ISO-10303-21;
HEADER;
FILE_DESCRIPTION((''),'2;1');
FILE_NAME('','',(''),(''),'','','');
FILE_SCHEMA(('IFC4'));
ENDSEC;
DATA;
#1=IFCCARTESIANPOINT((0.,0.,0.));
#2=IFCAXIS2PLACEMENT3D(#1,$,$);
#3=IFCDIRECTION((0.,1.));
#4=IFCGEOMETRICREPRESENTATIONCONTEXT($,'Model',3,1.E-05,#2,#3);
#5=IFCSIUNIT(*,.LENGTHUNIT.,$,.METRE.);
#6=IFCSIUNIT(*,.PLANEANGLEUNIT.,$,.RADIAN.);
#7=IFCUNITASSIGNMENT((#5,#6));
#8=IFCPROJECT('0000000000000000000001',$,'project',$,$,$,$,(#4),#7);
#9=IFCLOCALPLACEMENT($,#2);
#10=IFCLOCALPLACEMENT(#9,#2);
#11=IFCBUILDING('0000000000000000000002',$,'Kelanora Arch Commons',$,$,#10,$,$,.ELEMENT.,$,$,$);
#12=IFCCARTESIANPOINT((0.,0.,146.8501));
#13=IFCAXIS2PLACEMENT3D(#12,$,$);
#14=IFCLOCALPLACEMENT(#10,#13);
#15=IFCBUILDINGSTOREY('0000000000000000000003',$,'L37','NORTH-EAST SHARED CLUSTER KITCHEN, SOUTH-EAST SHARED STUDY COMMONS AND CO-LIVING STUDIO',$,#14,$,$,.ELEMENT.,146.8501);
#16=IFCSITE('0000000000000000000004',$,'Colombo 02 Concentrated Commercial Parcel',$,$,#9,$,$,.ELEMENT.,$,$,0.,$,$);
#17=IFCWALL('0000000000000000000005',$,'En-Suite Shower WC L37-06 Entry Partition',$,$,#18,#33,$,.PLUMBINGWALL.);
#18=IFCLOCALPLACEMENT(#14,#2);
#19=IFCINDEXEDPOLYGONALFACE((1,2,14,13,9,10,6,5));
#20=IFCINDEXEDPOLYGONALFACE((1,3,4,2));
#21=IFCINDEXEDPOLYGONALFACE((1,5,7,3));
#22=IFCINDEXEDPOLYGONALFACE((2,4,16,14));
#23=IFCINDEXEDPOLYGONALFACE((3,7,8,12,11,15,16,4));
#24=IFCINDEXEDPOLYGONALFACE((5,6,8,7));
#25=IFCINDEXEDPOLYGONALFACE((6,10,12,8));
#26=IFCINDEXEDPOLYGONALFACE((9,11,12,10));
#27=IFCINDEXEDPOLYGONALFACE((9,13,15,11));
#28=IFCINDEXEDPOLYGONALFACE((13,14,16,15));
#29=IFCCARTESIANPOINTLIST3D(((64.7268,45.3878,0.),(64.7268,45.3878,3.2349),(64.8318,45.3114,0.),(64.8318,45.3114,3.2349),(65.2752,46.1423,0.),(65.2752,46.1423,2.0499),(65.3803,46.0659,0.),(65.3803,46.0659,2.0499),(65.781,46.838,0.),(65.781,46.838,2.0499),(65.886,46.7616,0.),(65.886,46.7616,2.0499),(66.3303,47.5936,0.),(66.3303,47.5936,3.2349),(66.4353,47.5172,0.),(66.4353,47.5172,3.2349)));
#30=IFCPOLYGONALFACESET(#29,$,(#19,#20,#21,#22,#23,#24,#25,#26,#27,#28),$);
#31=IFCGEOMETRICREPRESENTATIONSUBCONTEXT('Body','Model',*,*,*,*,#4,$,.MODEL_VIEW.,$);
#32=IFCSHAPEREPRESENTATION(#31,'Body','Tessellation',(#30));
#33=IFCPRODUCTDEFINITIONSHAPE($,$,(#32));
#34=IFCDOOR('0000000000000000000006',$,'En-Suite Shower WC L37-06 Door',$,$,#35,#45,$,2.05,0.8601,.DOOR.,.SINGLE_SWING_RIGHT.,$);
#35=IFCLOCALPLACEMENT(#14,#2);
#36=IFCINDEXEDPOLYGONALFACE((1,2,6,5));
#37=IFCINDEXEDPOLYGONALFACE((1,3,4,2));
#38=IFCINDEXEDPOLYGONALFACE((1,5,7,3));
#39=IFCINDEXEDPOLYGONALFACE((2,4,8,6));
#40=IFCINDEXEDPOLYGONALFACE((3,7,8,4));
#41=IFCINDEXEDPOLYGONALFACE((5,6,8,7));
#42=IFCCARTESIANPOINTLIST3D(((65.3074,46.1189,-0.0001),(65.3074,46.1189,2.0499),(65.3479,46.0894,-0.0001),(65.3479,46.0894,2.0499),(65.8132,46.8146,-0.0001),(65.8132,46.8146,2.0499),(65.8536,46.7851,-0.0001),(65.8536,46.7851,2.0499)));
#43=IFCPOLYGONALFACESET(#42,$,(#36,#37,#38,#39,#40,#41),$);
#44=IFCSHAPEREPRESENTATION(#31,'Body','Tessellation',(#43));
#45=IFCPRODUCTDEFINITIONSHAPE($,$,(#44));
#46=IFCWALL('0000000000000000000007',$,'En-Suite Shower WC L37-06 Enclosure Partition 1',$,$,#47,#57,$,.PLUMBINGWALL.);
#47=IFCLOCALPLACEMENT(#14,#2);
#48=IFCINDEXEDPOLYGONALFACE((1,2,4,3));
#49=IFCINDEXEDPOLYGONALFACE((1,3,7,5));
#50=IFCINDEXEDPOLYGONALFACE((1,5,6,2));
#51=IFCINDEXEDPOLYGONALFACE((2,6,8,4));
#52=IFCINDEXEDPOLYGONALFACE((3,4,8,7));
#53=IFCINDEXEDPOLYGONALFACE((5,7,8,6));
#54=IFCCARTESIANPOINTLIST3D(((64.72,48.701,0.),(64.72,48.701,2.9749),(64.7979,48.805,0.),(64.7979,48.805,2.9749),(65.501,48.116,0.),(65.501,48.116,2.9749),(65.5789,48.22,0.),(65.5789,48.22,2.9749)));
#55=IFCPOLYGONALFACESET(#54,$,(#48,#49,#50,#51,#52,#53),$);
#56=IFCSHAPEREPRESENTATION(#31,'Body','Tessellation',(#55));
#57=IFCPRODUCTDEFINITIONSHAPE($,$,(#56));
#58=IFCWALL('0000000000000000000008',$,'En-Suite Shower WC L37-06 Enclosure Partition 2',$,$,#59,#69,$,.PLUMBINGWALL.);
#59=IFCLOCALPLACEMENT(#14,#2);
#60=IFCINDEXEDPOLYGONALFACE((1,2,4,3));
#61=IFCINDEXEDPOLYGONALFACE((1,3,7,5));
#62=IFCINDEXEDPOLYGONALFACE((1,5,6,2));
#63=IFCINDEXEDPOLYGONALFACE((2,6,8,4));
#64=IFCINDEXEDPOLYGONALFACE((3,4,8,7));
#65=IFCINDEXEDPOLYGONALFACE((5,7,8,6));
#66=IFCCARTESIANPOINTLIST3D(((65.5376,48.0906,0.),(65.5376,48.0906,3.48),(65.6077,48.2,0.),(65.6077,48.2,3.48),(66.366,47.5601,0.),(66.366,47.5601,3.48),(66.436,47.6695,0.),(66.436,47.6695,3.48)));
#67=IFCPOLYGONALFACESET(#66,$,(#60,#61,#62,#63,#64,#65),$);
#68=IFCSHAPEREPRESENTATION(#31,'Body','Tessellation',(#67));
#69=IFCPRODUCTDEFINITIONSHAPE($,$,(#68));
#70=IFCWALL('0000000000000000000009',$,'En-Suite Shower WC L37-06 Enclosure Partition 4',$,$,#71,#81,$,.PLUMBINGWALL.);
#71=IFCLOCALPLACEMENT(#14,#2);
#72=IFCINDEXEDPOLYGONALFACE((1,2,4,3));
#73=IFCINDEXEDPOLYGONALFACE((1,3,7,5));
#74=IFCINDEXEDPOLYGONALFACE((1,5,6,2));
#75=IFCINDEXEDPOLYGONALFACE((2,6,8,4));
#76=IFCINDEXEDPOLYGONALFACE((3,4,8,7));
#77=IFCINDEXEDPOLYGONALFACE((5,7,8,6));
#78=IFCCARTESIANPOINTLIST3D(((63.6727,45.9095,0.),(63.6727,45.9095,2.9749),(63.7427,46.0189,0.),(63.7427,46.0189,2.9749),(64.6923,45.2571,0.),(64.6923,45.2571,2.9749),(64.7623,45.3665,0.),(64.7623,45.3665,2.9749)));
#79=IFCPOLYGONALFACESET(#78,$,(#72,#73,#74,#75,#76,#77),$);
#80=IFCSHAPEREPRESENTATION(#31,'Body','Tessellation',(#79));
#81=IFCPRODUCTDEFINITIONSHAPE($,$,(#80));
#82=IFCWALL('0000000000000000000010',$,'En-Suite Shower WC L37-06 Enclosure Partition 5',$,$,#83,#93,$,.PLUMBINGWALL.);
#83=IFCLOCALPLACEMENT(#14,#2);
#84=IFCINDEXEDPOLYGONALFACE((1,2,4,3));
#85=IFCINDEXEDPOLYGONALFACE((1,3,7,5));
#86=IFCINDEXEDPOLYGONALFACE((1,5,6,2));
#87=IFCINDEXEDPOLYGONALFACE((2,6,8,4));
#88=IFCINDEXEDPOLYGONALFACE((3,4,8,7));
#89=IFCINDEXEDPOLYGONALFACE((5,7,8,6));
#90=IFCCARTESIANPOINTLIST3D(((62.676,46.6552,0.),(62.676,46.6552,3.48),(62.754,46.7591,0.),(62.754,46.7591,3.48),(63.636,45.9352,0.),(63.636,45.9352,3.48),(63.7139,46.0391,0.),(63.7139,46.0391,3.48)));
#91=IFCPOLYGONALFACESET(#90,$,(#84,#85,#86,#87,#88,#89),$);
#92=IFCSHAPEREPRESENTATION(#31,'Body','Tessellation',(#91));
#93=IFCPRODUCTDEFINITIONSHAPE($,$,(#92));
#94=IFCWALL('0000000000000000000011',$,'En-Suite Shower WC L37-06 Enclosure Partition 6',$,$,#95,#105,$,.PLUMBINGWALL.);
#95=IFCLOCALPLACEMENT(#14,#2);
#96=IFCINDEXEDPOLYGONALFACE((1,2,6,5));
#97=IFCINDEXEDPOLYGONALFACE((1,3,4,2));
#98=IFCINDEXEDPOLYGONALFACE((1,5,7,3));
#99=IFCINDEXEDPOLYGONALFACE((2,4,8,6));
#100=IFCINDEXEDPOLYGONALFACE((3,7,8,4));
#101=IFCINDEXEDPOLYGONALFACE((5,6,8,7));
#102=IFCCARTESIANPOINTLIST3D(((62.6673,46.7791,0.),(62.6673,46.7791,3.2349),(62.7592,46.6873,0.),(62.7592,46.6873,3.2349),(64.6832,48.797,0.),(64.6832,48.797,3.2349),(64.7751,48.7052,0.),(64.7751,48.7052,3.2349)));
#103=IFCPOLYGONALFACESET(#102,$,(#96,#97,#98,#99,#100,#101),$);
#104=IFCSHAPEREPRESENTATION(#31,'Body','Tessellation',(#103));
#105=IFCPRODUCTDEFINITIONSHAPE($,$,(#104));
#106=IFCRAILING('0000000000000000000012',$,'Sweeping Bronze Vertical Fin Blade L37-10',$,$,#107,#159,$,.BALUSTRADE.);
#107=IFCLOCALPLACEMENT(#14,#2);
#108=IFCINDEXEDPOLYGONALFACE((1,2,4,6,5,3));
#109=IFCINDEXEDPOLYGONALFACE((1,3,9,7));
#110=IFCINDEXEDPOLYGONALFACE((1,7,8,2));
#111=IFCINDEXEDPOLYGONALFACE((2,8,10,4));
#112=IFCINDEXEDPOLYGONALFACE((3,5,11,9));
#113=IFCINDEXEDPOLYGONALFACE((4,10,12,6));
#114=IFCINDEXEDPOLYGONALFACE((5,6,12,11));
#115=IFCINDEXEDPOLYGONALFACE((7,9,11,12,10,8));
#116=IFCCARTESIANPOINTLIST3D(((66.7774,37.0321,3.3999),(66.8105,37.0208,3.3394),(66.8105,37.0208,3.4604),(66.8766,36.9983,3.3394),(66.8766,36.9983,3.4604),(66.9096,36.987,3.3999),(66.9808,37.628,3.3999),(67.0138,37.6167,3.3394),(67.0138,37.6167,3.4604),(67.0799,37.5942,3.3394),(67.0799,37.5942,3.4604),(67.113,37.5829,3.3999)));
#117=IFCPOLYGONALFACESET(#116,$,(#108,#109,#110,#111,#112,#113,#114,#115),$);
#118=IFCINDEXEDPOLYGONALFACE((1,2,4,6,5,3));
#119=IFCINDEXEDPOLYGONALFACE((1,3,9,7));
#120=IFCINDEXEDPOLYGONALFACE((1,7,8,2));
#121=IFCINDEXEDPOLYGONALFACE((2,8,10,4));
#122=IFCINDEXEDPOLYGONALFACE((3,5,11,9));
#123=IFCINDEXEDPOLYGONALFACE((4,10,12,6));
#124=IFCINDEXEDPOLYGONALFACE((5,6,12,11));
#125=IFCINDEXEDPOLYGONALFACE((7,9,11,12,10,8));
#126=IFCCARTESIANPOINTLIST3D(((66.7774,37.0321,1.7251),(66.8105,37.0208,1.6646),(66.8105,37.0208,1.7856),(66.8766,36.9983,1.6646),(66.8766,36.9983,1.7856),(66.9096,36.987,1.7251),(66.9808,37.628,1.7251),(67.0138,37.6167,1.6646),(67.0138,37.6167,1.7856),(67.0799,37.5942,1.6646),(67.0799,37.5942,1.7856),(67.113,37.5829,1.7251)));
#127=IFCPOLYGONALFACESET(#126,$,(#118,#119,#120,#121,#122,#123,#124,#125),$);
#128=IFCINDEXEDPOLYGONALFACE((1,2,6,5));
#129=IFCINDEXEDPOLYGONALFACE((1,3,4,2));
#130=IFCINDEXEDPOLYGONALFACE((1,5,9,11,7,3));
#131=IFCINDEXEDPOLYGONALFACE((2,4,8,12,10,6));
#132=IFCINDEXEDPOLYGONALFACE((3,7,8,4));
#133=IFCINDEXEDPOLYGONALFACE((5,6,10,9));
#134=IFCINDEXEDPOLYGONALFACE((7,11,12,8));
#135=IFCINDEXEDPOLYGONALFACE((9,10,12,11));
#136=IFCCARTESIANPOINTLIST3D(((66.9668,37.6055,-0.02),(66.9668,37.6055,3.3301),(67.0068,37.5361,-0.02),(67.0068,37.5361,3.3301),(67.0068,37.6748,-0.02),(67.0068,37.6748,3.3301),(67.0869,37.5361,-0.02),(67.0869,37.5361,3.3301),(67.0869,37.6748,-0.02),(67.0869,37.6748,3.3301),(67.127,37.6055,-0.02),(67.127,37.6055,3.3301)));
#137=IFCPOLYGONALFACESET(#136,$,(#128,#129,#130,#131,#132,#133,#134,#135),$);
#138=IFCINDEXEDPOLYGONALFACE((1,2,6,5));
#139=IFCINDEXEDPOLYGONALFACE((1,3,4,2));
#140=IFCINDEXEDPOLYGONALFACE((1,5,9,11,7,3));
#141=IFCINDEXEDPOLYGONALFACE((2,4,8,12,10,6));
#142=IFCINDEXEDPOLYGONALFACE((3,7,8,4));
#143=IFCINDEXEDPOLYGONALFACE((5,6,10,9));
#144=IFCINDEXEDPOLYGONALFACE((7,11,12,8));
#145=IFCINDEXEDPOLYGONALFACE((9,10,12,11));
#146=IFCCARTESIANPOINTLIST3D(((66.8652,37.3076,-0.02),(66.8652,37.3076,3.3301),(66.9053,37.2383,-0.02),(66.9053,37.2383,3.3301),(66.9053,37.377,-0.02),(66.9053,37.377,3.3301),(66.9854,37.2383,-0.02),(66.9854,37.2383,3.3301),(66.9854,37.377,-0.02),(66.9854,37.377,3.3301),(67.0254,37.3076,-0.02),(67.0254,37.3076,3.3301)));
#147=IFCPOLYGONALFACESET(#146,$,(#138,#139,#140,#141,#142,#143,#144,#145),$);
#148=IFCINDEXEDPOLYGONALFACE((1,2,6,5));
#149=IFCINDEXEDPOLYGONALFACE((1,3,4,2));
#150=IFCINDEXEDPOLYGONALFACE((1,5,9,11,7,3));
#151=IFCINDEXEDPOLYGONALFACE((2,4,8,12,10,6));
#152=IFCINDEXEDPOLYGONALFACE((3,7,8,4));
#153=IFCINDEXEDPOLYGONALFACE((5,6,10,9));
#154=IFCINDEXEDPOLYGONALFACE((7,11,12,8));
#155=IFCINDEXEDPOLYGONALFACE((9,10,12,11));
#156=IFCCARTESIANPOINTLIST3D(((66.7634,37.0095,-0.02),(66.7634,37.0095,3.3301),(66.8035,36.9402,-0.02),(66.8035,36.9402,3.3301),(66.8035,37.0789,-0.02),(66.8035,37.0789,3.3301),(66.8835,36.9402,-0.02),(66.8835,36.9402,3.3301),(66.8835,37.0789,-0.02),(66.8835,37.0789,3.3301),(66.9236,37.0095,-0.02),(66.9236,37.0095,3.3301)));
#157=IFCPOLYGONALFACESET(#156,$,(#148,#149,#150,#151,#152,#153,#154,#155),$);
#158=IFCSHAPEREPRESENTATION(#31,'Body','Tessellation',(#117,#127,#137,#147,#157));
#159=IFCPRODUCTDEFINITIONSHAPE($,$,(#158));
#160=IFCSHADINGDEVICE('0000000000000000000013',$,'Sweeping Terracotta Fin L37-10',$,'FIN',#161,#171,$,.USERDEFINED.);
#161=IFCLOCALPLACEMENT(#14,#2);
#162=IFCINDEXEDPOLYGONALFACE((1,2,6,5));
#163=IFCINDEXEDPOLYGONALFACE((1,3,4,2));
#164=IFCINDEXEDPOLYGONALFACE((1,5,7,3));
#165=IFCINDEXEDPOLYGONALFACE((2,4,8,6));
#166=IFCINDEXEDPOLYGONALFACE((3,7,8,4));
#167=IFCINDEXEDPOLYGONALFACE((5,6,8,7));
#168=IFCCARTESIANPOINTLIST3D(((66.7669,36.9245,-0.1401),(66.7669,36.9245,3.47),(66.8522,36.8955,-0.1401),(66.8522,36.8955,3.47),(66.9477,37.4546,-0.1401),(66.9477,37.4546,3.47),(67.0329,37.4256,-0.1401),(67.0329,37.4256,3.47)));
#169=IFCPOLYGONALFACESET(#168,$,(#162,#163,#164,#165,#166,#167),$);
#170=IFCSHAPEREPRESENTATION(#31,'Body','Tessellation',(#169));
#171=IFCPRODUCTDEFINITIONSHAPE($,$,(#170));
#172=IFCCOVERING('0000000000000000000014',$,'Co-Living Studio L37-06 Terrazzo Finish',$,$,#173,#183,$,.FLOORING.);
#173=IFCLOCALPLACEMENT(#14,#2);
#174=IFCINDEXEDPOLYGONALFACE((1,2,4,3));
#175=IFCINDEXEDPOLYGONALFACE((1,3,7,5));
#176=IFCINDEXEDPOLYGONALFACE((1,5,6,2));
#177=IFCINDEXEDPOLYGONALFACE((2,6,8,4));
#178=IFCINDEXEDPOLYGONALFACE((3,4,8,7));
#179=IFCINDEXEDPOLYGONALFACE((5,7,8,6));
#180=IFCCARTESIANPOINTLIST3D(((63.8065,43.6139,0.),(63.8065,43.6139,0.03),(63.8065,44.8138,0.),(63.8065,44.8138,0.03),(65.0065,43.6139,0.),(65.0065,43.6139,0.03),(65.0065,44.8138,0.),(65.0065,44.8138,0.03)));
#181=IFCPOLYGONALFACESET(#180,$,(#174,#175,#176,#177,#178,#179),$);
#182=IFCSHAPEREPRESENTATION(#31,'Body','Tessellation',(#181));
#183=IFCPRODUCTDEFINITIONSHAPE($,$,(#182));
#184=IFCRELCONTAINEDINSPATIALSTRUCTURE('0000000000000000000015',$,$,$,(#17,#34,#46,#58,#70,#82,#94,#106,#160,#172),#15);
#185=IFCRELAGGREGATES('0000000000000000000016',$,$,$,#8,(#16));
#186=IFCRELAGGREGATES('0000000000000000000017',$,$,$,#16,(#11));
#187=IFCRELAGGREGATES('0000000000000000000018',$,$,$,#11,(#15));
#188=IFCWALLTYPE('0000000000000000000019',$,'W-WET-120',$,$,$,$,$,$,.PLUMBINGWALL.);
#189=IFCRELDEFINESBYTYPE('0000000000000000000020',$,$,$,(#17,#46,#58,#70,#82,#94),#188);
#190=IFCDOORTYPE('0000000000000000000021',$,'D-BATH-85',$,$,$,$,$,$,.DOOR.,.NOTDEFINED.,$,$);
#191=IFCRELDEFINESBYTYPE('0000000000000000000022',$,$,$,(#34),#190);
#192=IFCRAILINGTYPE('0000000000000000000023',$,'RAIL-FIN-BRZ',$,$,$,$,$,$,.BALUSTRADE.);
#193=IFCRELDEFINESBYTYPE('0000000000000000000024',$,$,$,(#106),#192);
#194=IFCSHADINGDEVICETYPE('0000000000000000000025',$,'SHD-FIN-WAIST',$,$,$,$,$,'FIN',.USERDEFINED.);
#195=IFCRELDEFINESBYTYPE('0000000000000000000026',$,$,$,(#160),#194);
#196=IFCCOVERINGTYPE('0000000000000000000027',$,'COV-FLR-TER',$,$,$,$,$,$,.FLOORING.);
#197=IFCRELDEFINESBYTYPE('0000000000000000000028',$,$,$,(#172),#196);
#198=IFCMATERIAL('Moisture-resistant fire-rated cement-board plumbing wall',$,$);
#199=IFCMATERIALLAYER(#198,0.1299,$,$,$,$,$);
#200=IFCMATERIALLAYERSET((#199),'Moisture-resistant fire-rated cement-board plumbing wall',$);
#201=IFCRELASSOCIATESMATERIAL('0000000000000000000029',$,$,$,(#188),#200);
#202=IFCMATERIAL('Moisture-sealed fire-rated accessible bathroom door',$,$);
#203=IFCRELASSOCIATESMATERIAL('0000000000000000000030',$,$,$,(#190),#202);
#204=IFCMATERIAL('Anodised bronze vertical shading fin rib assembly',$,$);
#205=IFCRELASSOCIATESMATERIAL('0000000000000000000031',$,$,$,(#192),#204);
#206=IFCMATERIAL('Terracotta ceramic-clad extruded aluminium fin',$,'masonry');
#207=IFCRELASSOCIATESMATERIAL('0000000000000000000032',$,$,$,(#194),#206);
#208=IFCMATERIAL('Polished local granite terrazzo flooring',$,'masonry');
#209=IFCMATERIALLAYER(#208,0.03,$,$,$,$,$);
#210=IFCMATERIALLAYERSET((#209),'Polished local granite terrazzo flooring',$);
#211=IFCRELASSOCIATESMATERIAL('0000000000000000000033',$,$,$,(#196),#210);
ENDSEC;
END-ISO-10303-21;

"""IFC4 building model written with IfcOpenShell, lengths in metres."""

from ifc_helpers import new_model, si_unit, direction, frame, frame_2d, origin, origin_2d, place, context, subcontext, project, spatial, polyline, rectangle, outline, extrude, source, transform, mapped, material, layer, layer_set, type_object, element, fill, save


model = new_model("IFC4")

# Units and contexts
model_context = context("Model", 3, precision=1e-05, world=origin(), true_north=direction((0.0, 1.0)))
body_context = subcontext(model_context, "Body", "Model", "MODEL_VIEW")
ifc_project = project(units=[si_unit("LENGTHUNIT", "METRE"), si_unit("PLANEANGLEUNIT", "RADIAN")], contexts=[model_context])

# Site, building, storey
site_placement = place(None, origin())
site = spatial("IfcSite", under=ifc_project, at=site_placement, Name="Colombo 02 Concentrated Commercial Parcel", CompositionType="ELEMENT", RefElevation=0.0)
building_placement = place(site_placement, origin())
building = spatial("IfcBuilding", under=site, at=building_placement, Name="Kelanora Arch Commons", CompositionType="ELEMENT")
storey_placement = place(building_placement, frame((0.0, 0.0, 146.8501)))
storey = spatial("IfcBuildingStorey", under=building, at=storey_placement, Name="L37", Description="NORTH-EAST SHARED CLUSTER KITCHEN, SOUTH-EAST SHARED STUDY COMMONS AND CO-LIVING STUDIO", CompositionType="ELEMENT", Elevation=146.8501)

# Wall, opening, door
ifc_material_1 = material(Name="Moisture-resistant fire-rated cement-board plumbing wall")
ifc_layer_1 = layer(ifc_material_1, 0.1299)
ifc_layer_set_1 = layer_set([ifc_layer_1], Name="Moisture-resistant fire-rated cement-board plumbing wall")
wall_type_1 = type_object("IfcWallType", Name="W-WET-120", PredefinedType="PLUMBINGWALL", material=ifc_layer_set_1)
wall_1_placement = place(storey_placement, frame((66.3828, 47.5554, 0.0), z_axis=(0.0, 0.0, 1.0), x_axis=(-0.588001, -0.80886, 0.0)))
wall_1 = element("IfcWall", 1, at=wall_1_placement, inside=storey, type_object=wall_type_1, Name="En-Suite Shower WC L37-06 Entry Partition", PredefinedType="PLUMBINGWALL", context=body_context, shape_type="SweptSolid", body=[
    extrude(rectangle(XDim=2.7271, YDim=0.1299, at=frame_2d((1.3635, 0.0))), origin(), (0.0, 0.0, 1.0), 3.2349),
])
opening_1_placement = place(wall_1_placement, frame((0.9341, 0.0, 0.0)))
opening_1 = element("IfcOpeningElement", 2, at=opening_1_placement, cuts=wall_1, PredefinedType="OPENING", context=body_context, shape_type="SweptSolid", body=[
    extrude(rectangle(XDim=0.8601, YDim=2.05, at=frame_2d((0.4302, 1.0249))), frame((0.0, 0.075, 0.0), z_axis=(0.0, -1.0, 0.0), x_axis=(1.0, 0.0, 0.0)), (0.0, 0.0, 1.0), 0.1499),
])
ifc_material_2 = material(Name="Moisture-sealed fire-rated accessible bathroom door")
door_type_1 = type_object("IfcDoorType", Name="D-BATH-85", OperationType="NOTDEFINED", PredefinedType="DOOR", material=ifc_material_2)
door_1_placement = place(opening_1_placement, origin())
door_1 = element("IfcDoor", 3, at=door_1_placement, inside=storey, type_object=door_type_1, Name="En-Suite Shower WC L37-06 Door", OperationType="SINGLE_SWING_RIGHT", OverallHeight=2.05, OverallWidth=0.8601, PredefinedType="DOOR", context=body_context, shape_type="SweptSolid", body=[
    extrude(rectangle(XDim=0.8601, YDim=2.05, at=frame_2d((0.4302, 1.0249))), frame((0.0, 0.0249, 0.0), z_axis=(0.0, -1.0, 0.0), x_axis=(1.0, 0.0, 0.0)), (0.0, 0.0, 1.0), 0.05),
])
fill(opening_1, door_1)

# Walls
wall_2_placement = place(storey_placement, frame((64.759, 48.7529, 0.0), z_axis=(0.0, 0.0, 1.0), x_axis=(0.80039, -0.599479, 0.0)))
element("IfcWall", 4, at=wall_2_placement, inside=storey, type_object=wall_type_1, Name="En-Suite Shower WC L37-06 Enclosure Partition 1", PredefinedType="PLUMBINGWALL", context=body_context, shape_type="SweptSolid", body=[
    extrude(rectangle(XDim=0.9758, YDim=0.1299, at=frame_2d((0.4878, 0.0))), origin(), (0.0, 0.0, 1.0), 2.9749),
])
wall_3_placement = place(storey_placement, frame((65.5728, 48.1453, 0.0), z_axis=(0.0, 0.0, 1.0), x_axis=(0.842105, -0.539314, 0.0)))
element("IfcWall", 5, at=wall_3_placement, inside=storey, type_object=wall_type_1, Name="En-Suite Shower WC L37-06 Enclosure Partition 2", PredefinedType="PLUMBINGWALL", context=body_context, shape_type="SweptSolid", body=[
    extrude(rectangle(XDim=0.9836, YDim=0.1299, at=frame_2d((0.4917, 0.0))), origin(), (0.0, 0.0, 1.0), 3.48),
])
wall_4_placement = place(storey_placement, frame((64.7273, 45.3118, 0.0), z_axis=(0.0, 0.0, 1.0), x_axis=(-0.84233, 0.538962, 0.0)))
element("IfcWall", 6, at=wall_4_placement, inside=storey, type_object=wall_type_1, Name="En-Suite Shower WC L37-06 Enclosure Partition 4", PredefinedType="PLUMBINGWALL", context=body_context, shape_type="SweptSolid", body=[
    extrude(rectangle(XDim=1.2104, YDim=0.1299, at=frame_2d((0.6052, 0.0))), origin(), (0.0, 0.0, 1.0), 2.9749),
])
wall_5_placement = place(storey_placement, frame((63.675, 45.9871, 0.0), z_axis=(0.0, 0.0, 1.0), x_axis=(-0.8, 0.6, 0.0)))
element("IfcWall", 7, at=wall_5_placement, inside=storey, type_object=wall_type_1, Name="En-Suite Shower WC L37-06 Enclosure Partition 5", PredefinedType="PLUMBINGWALL", context=body_context, shape_type="SweptSolid", body=[
    extrude(rectangle(XDim=1.2, YDim=0.1299, at=frame_2d((0.6001, 0.0))), origin(), (0.0, 0.0, 1.0), 3.48),
])
wall_6_placement = place(storey_placement, frame((62.7131, 46.7332, 0.0), z_axis=(0.0, 0.0, 1.0), x_axis=(0.706764, 0.707449, 0.0)))
element("IfcWall", 8, at=wall_6_placement, inside=storey, type_object=wall_type_1, Name="En-Suite Shower WC L37-06 Enclosure Partition 6", PredefinedType="PLUMBINGWALL", context=body_context, shape_type="SweptSolid", body=[
    extrude(rectangle(XDim=2.8523, YDim=0.1299, at=frame_2d((1.4263, 0.0))), origin(), (0.0, 0.0, 1.0), 3.2349),
])

# Railing
ifc_material_3 = material(Name="Anodised bronze vertical shading fin rib assembly")
railing_type = type_object("IfcRailingType", Name="RAIL-FIN-BRZ", PredefinedType="BALUSTRADE", material=ifc_material_3)
railing_placement = place(storey_placement, frame((67.0469, 37.6055, -0.02)))
element("IfcRailing", 9, at=railing_placement, inside=storey, type_object=railing_type, Name="Sweeping Bronze Vertical Fin Blade L37-10", PredefinedType="BALUSTRADE", context=body_context, shape_type="SweptSolid", body=[
    extrude(outline(polyline([(0.0698, 0.0), (0.0349, 0.0605), (-0.0349, 0.0605), (-0.0698, 0.0), (-0.0349, -0.0605), (0.0349, -0.0605), (0.0698, 0.0)])), frame((0.0, 0.0, 3.4199), z_axis=(-0.322966, -0.946411, 0.0), x_axis=(0.946411, -0.322966, 0.0)), (0.0, 0.0, 1.0), 0.6296),
    extrude(outline(polyline([(0.0698, 0.0), (0.0349, 0.0605), (-0.0349, 0.0605), (-0.0698, 0.0), (-0.0349, -0.0605), (0.0349, -0.0605), (0.0698, 0.0)])), frame((0.0, 0.0, 1.7451), z_axis=(-0.322966, -0.946411, 0.0), x_axis=(0.946411, -0.322966, 0.0)), (0.0, 0.0, 1.0), 0.6296),
    extrude(outline(polyline([(0.0801, 0.0), (0.04, 0.0693), (-0.04, 0.0693), (-0.0801, 0.0), (-0.04, -0.0693), (0.04, -0.0693), (0.0801, 0.0)])), origin(), (0.0, 0.0, 1.0), 3.3501),
    extrude(outline(polyline([(0.0801, 0.0), (0.04, 0.0693), (-0.04, 0.0693), (-0.0801, 0.0), (-0.04, -0.0693), (0.04, -0.0693), (0.0801, 0.0)])), frame((-0.1016, -0.2979, 0.0)), (0.0, 0.0, 1.0), 3.3501),
    extrude(outline(polyline([(0.0801, 0.0), (0.04, 0.0693), (-0.04, 0.0693), (-0.0801, 0.0), (-0.04, -0.0693), (0.04, -0.0693), (0.0801, 0.0)])), frame((-0.2034, -0.5959, 0.0)), (0.0, 0.0, 1.0), 3.3501),
])

# Shading device
ifc_material_4 = material(Name="Terracotta ceramic-clad extruded aluminium fin", Category="masonry")
shading_device_type = type_object("IfcShadingDeviceType", Name="SHD-FIN-WAIST", ElementType="FIN", PredefinedType="USERDEFINED", material=ifc_material_4)
shared_shape_1 = source(origin(), body_context, "Body", "SweptSolid", [
    extrude(rectangle(XDim=0.5601, YDim=0.0901, at=origin_2d()), origin(), (0.0, 0.0, 1.0), 3.6101),
])
shading_device_placement = place(storey_placement, frame((66.8999, 37.175, -0.1401), z_axis=(0.0, 0.0, 1.0), x_axis=(-0.322761, -0.94648, 0.0)))
element("IfcShadingDevice", 10, at=shading_device_placement, inside=storey, type_object=shading_device_type, Name="Sweeping Terracotta Fin L37-10", ObjectType="FIN", PredefinedType="USERDEFINED", context=body_context, shape_type="MappedRepresentation", body=[
    mapped(shared_shape_1, transform((0.0, 0.0, 0.0), scale=1.0)),
])

# Covering
ifc_material_5 = material(Name="Polished local granite terrazzo flooring", Category="masonry")
ifc_layer_2 = layer(ifc_material_5, 0.03)
ifc_layer_set_2 = layer_set([ifc_layer_2], Name="Polished local granite terrazzo flooring")
covering_type = type_object("IfcCoveringType", Name="COV-FLR-TER", PredefinedType="FLOORING", material=ifc_layer_set_2)
shared_shape_2 = source(origin(), body_context, "Body", "SweptSolid", [
    extrude(rectangle(XDim=1.2, YDim=1.2, at=origin_2d()), origin(), (0.0, 0.0, 1.0), 0.03),
])
covering_placement = place(storey_placement, frame((64.4065, 44.2139, 0.0), z_axis=(0.0, 0.0, 1.0), x_axis=(1.0, 0.0, 0.0)))
element("IfcCovering", 11, at=covering_placement, inside=storey, type_object=covering_type, Name="Co-Living Studio L37-06 Terrazzo Finish", PredefinedType="FLOORING", context=body_context, shape_type="MappedRepresentation", body=[
    mapped(shared_shape_2, transform((0.0, 0.0, 0.0), scale=1.0)),
])

save(model, "model.ifc")
